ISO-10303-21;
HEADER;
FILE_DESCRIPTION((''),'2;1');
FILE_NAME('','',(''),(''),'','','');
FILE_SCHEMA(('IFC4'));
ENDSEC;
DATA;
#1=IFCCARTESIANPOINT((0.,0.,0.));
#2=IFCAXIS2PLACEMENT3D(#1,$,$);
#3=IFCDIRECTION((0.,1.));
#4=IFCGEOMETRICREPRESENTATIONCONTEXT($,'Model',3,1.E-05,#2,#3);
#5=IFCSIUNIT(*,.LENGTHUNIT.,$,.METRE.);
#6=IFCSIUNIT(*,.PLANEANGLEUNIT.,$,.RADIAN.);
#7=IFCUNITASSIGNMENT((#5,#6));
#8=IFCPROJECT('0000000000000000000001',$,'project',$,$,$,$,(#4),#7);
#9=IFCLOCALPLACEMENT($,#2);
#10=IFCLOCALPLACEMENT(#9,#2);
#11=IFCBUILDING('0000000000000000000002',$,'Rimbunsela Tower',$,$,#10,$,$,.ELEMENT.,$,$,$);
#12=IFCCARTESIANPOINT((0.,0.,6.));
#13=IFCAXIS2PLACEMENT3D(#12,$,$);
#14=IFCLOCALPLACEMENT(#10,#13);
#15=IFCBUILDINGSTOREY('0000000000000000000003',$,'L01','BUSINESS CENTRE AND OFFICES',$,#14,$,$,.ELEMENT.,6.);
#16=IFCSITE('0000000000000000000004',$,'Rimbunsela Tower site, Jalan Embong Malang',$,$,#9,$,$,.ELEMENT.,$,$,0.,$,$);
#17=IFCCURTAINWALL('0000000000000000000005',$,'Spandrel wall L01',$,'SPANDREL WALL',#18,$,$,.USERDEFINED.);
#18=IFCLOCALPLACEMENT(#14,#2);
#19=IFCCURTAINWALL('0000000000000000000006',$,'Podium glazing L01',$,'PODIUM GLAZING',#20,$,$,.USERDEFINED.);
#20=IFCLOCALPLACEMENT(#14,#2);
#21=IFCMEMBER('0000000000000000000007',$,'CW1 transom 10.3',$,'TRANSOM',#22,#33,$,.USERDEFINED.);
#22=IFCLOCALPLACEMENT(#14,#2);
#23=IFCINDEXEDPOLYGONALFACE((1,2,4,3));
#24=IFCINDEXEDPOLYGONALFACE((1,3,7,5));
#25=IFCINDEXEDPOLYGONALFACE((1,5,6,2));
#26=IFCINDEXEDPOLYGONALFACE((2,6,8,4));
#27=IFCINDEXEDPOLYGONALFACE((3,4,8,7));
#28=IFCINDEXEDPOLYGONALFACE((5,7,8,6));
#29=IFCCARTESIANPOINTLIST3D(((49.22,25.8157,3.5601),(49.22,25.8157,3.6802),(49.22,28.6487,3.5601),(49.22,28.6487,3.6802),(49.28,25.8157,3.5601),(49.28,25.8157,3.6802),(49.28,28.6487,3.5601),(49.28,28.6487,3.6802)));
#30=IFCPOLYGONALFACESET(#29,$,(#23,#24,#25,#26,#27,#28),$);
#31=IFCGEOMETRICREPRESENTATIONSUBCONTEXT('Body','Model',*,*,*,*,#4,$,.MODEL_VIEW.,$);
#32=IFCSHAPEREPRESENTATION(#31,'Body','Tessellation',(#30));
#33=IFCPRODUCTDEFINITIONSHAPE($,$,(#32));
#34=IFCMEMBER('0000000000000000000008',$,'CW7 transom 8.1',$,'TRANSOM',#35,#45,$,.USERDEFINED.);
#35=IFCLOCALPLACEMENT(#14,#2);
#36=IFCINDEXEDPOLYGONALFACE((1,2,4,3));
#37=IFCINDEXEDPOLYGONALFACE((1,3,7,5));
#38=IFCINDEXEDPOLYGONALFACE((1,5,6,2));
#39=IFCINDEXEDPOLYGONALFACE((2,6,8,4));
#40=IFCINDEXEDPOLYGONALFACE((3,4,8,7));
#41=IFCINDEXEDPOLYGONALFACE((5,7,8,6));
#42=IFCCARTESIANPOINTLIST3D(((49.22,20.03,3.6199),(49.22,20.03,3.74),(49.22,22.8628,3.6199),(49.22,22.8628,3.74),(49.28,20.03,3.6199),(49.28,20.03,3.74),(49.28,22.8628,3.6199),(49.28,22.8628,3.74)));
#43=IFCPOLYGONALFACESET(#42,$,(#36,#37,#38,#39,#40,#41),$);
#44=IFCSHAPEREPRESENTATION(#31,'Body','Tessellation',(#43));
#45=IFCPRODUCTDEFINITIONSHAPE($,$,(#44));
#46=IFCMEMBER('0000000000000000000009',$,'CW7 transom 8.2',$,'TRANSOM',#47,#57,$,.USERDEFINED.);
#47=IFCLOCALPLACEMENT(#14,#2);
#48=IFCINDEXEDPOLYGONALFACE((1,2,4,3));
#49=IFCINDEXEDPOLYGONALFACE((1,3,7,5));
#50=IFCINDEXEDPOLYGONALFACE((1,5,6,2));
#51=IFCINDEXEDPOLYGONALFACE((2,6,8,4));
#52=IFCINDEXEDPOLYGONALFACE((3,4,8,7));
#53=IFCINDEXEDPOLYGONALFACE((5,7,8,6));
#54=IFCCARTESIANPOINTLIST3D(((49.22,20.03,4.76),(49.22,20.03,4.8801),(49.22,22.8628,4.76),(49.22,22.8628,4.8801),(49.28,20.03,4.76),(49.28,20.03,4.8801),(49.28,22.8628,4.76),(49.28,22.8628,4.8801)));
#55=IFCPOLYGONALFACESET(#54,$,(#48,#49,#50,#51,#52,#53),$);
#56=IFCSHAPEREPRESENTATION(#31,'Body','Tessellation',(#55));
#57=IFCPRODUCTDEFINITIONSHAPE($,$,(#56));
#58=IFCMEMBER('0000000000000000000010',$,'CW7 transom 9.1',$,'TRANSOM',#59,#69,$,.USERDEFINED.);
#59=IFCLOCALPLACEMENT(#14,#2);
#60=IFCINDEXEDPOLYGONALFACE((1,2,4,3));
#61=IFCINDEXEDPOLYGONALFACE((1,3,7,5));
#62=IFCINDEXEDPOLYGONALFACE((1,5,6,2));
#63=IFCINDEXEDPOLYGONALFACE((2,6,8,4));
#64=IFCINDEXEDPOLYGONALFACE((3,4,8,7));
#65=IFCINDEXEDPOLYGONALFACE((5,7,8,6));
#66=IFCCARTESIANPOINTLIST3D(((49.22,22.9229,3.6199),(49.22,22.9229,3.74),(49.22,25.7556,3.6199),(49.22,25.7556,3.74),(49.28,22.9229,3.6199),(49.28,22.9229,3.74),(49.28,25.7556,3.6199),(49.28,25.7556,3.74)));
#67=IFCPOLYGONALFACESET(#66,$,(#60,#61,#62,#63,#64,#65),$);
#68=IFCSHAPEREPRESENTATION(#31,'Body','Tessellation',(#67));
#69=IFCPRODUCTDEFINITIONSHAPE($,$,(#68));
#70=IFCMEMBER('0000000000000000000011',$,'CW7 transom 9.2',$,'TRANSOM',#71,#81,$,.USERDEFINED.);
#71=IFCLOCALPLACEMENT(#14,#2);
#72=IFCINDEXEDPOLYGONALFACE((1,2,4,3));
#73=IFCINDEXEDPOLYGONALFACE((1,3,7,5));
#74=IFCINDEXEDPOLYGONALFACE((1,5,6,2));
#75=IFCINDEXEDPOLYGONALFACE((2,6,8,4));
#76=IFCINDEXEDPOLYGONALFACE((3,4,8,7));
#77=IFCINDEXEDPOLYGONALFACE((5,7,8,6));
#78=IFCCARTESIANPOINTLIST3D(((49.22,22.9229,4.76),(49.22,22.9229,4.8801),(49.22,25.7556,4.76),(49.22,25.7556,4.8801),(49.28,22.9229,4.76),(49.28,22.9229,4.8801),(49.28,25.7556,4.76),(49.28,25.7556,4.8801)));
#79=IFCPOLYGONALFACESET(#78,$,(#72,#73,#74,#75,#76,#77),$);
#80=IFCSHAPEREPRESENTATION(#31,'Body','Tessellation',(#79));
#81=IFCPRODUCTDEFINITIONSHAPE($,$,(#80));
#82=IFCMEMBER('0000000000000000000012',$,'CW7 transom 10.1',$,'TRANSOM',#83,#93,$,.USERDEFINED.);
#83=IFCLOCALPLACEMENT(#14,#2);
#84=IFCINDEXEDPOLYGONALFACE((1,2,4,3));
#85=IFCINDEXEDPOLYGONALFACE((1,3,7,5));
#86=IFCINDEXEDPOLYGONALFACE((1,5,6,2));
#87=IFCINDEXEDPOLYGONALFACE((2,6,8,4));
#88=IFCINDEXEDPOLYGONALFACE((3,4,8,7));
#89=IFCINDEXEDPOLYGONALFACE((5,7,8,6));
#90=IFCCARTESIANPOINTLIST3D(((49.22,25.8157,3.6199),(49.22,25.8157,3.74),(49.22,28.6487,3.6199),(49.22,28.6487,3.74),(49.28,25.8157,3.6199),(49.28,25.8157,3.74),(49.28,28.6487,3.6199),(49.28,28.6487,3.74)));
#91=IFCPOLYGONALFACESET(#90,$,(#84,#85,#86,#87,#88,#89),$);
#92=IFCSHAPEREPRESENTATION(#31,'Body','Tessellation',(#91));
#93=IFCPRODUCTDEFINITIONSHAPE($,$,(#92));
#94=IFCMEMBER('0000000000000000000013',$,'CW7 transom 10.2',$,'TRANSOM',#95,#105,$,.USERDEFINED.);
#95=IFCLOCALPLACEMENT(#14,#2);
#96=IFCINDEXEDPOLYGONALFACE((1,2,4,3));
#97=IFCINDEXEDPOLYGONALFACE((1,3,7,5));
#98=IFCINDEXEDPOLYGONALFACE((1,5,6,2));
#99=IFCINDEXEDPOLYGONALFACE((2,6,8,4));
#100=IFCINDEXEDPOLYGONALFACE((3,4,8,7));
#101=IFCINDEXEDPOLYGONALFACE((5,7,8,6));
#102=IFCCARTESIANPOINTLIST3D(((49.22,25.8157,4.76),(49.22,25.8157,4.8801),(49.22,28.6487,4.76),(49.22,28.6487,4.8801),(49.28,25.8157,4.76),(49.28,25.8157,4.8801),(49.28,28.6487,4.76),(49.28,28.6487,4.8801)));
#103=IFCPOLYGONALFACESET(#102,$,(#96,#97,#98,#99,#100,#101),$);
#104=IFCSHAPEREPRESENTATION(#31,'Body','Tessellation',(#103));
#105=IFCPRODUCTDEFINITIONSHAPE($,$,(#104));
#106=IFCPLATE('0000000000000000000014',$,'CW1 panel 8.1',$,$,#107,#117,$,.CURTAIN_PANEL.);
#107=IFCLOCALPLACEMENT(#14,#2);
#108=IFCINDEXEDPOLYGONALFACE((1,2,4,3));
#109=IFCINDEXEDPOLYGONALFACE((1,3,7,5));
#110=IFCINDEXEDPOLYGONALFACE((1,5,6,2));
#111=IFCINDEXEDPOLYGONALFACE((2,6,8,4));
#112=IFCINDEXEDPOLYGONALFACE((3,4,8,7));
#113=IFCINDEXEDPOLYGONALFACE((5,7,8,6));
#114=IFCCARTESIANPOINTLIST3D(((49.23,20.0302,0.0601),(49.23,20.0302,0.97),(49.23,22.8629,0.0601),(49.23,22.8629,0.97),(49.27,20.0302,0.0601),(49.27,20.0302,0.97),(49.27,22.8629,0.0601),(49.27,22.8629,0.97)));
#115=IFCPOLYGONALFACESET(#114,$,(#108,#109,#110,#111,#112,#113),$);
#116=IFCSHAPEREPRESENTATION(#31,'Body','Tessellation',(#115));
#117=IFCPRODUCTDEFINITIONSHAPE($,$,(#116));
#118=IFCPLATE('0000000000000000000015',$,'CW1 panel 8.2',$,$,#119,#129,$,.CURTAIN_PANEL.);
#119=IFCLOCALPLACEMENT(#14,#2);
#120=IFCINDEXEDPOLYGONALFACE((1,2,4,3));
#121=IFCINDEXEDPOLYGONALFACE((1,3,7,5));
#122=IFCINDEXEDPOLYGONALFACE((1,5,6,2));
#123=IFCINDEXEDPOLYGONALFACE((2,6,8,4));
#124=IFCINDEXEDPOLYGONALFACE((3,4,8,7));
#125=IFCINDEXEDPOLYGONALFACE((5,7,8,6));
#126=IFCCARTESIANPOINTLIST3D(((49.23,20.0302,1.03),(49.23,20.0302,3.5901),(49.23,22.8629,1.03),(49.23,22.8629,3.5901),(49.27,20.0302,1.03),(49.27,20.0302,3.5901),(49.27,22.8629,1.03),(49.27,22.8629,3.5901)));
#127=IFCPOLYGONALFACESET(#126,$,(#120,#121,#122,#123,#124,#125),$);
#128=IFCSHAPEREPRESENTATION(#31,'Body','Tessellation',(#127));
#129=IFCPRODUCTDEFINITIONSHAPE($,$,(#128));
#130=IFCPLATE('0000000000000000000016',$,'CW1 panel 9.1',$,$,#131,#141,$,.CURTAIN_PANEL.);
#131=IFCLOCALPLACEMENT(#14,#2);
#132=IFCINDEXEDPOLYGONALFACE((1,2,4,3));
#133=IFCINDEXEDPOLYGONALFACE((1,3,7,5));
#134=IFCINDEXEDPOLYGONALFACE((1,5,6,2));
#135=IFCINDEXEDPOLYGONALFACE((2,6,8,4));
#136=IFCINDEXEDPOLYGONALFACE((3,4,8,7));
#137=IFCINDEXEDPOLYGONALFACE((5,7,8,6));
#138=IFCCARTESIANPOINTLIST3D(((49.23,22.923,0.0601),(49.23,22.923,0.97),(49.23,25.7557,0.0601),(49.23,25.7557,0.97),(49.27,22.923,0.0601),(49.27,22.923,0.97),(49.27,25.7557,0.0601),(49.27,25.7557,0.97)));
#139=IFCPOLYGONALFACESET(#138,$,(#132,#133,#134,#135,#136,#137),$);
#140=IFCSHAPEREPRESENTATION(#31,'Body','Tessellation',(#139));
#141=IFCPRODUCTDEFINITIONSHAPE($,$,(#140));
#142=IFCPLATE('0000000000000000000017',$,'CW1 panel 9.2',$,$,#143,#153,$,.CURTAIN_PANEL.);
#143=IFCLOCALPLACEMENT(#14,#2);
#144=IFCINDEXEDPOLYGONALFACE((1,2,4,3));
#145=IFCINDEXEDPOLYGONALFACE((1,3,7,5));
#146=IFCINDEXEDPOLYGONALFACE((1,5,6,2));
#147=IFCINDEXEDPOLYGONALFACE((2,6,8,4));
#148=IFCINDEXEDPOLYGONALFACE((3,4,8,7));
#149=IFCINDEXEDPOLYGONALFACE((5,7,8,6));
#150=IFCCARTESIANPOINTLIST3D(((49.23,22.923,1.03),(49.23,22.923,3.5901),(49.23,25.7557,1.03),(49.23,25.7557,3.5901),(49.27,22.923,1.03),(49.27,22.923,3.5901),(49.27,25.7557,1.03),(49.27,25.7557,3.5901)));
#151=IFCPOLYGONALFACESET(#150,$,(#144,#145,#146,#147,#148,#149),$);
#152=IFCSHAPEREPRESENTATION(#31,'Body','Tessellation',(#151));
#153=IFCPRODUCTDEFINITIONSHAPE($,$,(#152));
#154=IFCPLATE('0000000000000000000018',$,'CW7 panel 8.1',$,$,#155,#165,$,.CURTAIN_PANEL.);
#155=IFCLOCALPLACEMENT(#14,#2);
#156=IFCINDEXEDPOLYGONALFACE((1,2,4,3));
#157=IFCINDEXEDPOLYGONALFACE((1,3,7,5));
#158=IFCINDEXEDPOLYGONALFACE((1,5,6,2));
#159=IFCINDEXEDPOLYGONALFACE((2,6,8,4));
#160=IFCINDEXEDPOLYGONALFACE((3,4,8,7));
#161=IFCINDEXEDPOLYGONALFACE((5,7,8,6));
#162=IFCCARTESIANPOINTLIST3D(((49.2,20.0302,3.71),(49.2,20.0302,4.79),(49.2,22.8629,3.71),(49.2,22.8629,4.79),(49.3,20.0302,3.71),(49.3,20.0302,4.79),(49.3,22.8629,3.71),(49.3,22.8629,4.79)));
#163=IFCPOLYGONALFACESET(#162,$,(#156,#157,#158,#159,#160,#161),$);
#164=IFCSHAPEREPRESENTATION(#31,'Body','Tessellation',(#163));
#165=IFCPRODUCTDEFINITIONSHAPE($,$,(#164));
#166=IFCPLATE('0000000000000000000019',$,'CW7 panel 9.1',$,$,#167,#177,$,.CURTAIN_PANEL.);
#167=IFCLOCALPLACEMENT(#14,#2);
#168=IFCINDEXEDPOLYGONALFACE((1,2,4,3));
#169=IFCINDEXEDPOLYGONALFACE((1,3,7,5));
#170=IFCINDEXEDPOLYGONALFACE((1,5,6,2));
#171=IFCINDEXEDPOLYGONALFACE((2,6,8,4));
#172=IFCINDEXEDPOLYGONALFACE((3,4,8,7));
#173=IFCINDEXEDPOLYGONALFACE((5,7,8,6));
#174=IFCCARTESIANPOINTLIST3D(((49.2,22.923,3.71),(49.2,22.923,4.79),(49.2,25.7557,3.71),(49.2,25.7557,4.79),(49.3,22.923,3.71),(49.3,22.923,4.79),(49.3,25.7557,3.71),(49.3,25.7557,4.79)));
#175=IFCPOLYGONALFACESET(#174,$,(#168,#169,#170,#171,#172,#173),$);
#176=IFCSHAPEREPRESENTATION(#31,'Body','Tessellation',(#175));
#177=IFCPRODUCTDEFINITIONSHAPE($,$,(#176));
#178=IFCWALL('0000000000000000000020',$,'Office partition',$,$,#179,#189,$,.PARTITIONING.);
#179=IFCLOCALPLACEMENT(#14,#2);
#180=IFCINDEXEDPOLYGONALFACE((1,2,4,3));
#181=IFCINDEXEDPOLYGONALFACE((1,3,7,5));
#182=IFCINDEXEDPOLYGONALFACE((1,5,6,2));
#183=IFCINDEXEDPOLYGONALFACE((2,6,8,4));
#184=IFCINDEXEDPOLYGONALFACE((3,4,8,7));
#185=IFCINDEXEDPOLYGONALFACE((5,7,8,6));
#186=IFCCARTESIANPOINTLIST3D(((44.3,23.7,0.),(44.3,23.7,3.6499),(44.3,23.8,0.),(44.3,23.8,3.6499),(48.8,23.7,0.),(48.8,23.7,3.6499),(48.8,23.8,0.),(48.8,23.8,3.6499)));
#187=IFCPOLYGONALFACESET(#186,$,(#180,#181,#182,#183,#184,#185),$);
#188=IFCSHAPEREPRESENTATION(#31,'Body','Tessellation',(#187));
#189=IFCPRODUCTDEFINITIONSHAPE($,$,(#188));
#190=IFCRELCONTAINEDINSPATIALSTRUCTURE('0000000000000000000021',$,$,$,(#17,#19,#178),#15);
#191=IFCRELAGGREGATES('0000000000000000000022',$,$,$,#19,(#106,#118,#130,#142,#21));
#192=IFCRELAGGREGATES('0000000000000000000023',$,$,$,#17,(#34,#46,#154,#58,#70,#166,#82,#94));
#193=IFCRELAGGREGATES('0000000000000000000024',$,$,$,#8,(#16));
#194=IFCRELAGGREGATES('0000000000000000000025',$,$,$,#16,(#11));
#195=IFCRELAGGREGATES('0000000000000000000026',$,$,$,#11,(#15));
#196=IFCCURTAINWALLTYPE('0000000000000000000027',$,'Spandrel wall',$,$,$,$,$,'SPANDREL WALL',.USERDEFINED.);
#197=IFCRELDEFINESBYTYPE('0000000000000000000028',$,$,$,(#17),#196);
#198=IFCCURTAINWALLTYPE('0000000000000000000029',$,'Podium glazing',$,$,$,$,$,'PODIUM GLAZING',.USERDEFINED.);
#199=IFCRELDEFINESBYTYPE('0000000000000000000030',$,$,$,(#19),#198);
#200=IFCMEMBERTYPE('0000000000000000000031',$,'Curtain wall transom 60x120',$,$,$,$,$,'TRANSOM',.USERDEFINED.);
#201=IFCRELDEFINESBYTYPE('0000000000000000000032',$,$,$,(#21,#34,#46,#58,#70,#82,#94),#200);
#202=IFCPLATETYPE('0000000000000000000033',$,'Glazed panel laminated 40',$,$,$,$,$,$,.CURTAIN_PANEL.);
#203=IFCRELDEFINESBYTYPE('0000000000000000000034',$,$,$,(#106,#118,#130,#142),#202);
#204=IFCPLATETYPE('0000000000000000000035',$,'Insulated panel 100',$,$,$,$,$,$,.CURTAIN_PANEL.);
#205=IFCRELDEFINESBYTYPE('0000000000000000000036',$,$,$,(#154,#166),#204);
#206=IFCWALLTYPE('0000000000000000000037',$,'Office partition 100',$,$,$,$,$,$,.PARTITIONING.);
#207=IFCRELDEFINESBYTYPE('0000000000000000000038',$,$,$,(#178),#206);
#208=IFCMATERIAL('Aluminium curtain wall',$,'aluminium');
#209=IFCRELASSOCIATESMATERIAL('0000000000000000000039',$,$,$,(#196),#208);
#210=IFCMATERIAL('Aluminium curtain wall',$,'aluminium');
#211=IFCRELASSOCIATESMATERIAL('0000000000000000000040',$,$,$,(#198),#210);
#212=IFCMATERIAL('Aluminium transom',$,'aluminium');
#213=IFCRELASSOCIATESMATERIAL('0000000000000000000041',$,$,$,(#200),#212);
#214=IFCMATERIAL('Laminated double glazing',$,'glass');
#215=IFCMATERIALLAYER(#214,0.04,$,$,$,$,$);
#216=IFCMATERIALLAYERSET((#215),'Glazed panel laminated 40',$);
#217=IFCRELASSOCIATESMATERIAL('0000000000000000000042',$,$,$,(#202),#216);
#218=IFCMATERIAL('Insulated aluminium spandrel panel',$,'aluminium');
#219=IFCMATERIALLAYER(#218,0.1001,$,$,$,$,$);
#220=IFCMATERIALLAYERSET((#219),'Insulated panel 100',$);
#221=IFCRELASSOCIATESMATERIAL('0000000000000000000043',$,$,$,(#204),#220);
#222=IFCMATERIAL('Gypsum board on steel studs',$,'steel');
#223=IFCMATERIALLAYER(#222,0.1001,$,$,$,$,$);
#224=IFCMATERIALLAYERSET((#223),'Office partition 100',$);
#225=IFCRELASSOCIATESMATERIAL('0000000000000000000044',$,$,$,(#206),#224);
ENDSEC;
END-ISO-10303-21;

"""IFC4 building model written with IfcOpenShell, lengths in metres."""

from ifc_helpers import new_model, si_unit, direction, frame, frame_2d, origin, origin_2d, place, context, subcontext, project, spatial, rectangle, extrude, material, layer, layer_set, material_profile, profile_set, type_object, element, aggregate, save


model = new_model("IFC4")

# Units and contexts
model_context = context("Model", 3, precision=1e-05, world=origin(), true_north=direction((0.0, 1.0)))
body_context = subcontext(model_context, "Body", "Model", "MODEL_VIEW")
ifc_project = project(units=[si_unit("LENGTHUNIT", "METRE"), si_unit("PLANEANGLEUNIT", "RADIAN")], contexts=[model_context])

# Site, building, storey
site_placement = place(None, origin())
site = spatial("IfcSite", under=ifc_project, at=site_placement, Name="Rimbunsela Tower site, Jalan Embong Malang", CompositionType="ELEMENT", RefElevation=0.0)
building_placement = place(site_placement, origin())
building = spatial("IfcBuilding", under=site, at=building_placement, Name="Rimbunsela Tower", CompositionType="ELEMENT")
storey_placement = place(building_placement, frame((0.0, 0.0, 6.0)))
storey = spatial("IfcBuildingStorey", under=building, at=storey_placement, Name="L01", Description="BUSINESS CENTRE AND OFFICES", CompositionType="ELEMENT", Elevation=6.0)

# Curtain walls, member
ifc_material_1 = material(Name="Aluminium curtain wall", Category="aluminium")
curtain_wall_type_1 = type_object("IfcCurtainWallType", Name="Spandrel wall", ElementType="SPANDREL WALL", PredefinedType="USERDEFINED", material=ifc_material_1)
curtain_wall_1_placement = place(storey_placement, origin())
curtain_wall_1 = element("IfcCurtainWall", 1, at=curtain_wall_1_placement, inside=storey, type_object=curtain_wall_type_1, Name="Spandrel wall L01", ObjectType="SPANDREL WALL", PredefinedType="USERDEFINED")
ifc_material_2 = material(Name="Aluminium curtain wall", Category="aluminium")
curtain_wall_type_2 = type_object("IfcCurtainWallType", Name="Podium glazing", ElementType="PODIUM GLAZING", PredefinedType="USERDEFINED", material=ifc_material_2)
curtain_wall_2_placement = place(storey_placement, origin())
curtain_wall_2 = element("IfcCurtainWall", 2, at=curtain_wall_2_placement, inside=storey, type_object=curtain_wall_type_2, Name="Podium glazing L01", ObjectType="PODIUM GLAZING", PredefinedType="USERDEFINED")
ifc_material_3 = material(Name="Aluminium transom", Category="aluminium")
ifc_material_profile_1 = material_profile(ifc_material_3, rectangle(XDim=0.0601, YDim=0.1201, at=origin_2d()), Name="Transom 60x120")
ifc_profile_set_1 = profile_set([ifc_material_profile_1], Name="Aluminium transom")
member_type_1 = type_object("IfcMemberType", Name="Curtain wall transom 60x120", ElementType="TRANSOM", PredefinedType="USERDEFINED", material=ifc_profile_set_1)
member_1_placement = place(storey_placement, frame((49.25, 25.8157, 3.6201), z_axis=(0.0, 1.0, 0.0), x_axis=(-1.0, 0.0, 0.0)))
member_1 = element("IfcMember", 3, at=member_1_placement, type_object=member_type_1, Name="CW1 transom 10.3", ObjectType="TRANSOM", PredefinedType="USERDEFINED", context=body_context, shape_type="SweptSolid", body=[
    extrude(rectangle(XDim=0.0601, YDim=0.1201, at=origin_2d()), origin(), (0.0, 0.0, 1.0), 2.833),
])

# Members
member_2_placement = place(storey_placement, frame((49.25, 20.03, 3.6799), z_axis=(0.0, 1.0, 0.0), x_axis=(-1.0, 0.0, 0.0)))
member_2 = element("IfcMember", 4, at=member_2_placement, type_object=member_type_1, Name="CW7 transom 8.1", ObjectType="TRANSOM", PredefinedType="USERDEFINED", context=body_context, shape_type="SweptSolid", body=[
    extrude(rectangle(XDim=0.0601, YDim=0.1201, at=origin_2d()), origin(), (0.0, 0.0, 1.0), 2.8328),
])
member_3_placement = place(storey_placement, frame((49.25, 20.03, 4.8201), z_axis=(0.0, 1.0, 0.0), x_axis=(-1.0, 0.0, 0.0)))
member_3 = element("IfcMember", 5, at=member_3_placement, type_object=member_type_1, Name="CW7 transom 8.2", ObjectType="TRANSOM", PredefinedType="USERDEFINED", context=body_context, shape_type="SweptSolid", body=[
    extrude(rectangle(XDim=0.0601, YDim=0.1201, at=origin_2d()), origin(), (0.0, 0.0, 1.0), 2.8328),
])
member_4_placement = place(storey_placement, frame((49.25, 22.9229, 3.6799), z_axis=(0.0, 1.0, 0.0), x_axis=(-1.0, 0.0, 0.0)))
member_4 = element("IfcMember", 6, at=member_4_placement, type_object=member_type_1, Name="CW7 transom 9.1", ObjectType="TRANSOM", PredefinedType="USERDEFINED", context=body_context, shape_type="SweptSolid", body=[
    extrude(rectangle(XDim=0.0601, YDim=0.1201, at=origin_2d()), origin(), (0.0, 0.0, 1.0), 2.8328),
])
member_5_placement = place(storey_placement, frame((49.25, 22.9229, 4.8201), z_axis=(0.0, 1.0, 0.0), x_axis=(-1.0, 0.0, 0.0)))
member_5 = element("IfcMember", 7, at=member_5_placement, type_object=member_type_1, Name="CW7 transom 9.2", ObjectType="TRANSOM", PredefinedType="USERDEFINED", context=body_context, shape_type="SweptSolid", body=[
    extrude(rectangle(XDim=0.0601, YDim=0.1201, at=origin_2d()), origin(), (0.0, 0.0, 1.0), 2.8328),
])
member_6_placement = place(storey_placement, frame((49.25, 25.8157, 3.6799), z_axis=(0.0, 1.0, 0.0), x_axis=(-1.0, 0.0, 0.0)))
member_6 = element("IfcMember", 8, at=member_6_placement, type_object=member_type_1, Name="CW7 transom 10.1", ObjectType="TRANSOM", PredefinedType="USERDEFINED", context=body_context, shape_type="SweptSolid", body=[
    extrude(rectangle(XDim=0.0601, YDim=0.1201, at=origin_2d()), origin(), (0.0, 0.0, 1.0), 2.833),
])
member_7_placement = place(storey_placement, frame((49.25, 25.8157, 4.8201), z_axis=(0.0, 1.0, 0.0), x_axis=(-1.0, 0.0, 0.0)))
member_7 = element("IfcMember", 9, at=member_7_placement, type_object=member_type_1, Name="CW7 transom 10.2", ObjectType="TRANSOM", PredefinedType="USERDEFINED", context=body_context, shape_type="SweptSolid", body=[
    extrude(rectangle(XDim=0.0601, YDim=0.1201, at=origin_2d()), origin(), (0.0, 0.0, 1.0), 2.833),
])

# Plates
ifc_material_4 = material(Name="Laminated double glazing", Category="glass")
ifc_layer_1 = layer(ifc_material_4, 0.04)
ifc_layer_set_1 = layer_set([ifc_layer_1], Name="Glazed panel laminated 40")
plate_type_1 = type_object("IfcPlateType", Name="Glazed panel laminated 40", PredefinedType="CURTAIN_PANEL", material=ifc_layer_set_1)
plate_1_placement = place(storey_placement, frame((49.25, 21.4465, 0.0601), z_axis=(0.0, 0.0, 1.0), x_axis=(0.0, 1.0, 0.0)))
plate_1 = element("IfcPlate", 10, at=plate_1_placement, type_object=plate_type_1, Name="CW1 panel 8.1", PredefinedType="CURTAIN_PANEL", context=body_context, shape_type="SweptSolid", body=[
    extrude(rectangle(XDim=2.8328, YDim=0.04, at=origin_2d()), origin(), (0.0, 0.0, 1.0), 0.9099),
])
plate_2_placement = place(storey_placement, frame((49.25, 21.4465, 1.03), z_axis=(0.0, 0.0, 1.0), x_axis=(0.0, 1.0, 0.0)))
plate_2 = element("IfcPlate", 11, at=plate_2_placement, type_object=plate_type_1, Name="CW1 panel 8.2", PredefinedType="CURTAIN_PANEL", context=body_context, shape_type="SweptSolid", body=[
    extrude(rectangle(XDim=2.8328, YDim=0.04, at=origin_2d()), origin(), (0.0, 0.0, 1.0), 2.5601),
])
plate_3_placement = place(storey_placement, frame((49.25, 24.3394, 0.0601), z_axis=(0.0, 0.0, 1.0), x_axis=(0.0, 1.0, 0.0)))
plate_3 = element("IfcPlate", 12, at=plate_3_placement, type_object=plate_type_1, Name="CW1 panel 9.1", PredefinedType="CURTAIN_PANEL", context=body_context, shape_type="SweptSolid", body=[
    extrude(rectangle(XDim=2.8328, YDim=0.04, at=origin_2d()), origin(), (0.0, 0.0, 1.0), 0.9099),
])
plate_4_placement = place(storey_placement, frame((49.25, 24.3394, 1.03), z_axis=(0.0, 0.0, 1.0), x_axis=(0.0, 1.0, 0.0)))
plate_4 = element("IfcPlate", 13, at=plate_4_placement, type_object=plate_type_1, Name="CW1 panel 9.2", PredefinedType="CURTAIN_PANEL", context=body_context, shape_type="SweptSolid", body=[
    extrude(rectangle(XDim=2.8328, YDim=0.04, at=origin_2d()), origin(), (0.0, 0.0, 1.0), 2.5601),
])
aggregate(curtain_wall_2, [plate_1, plate_2, plate_3, plate_4, member_1])
ifc_material_5 = material(Name="Insulated aluminium spandrel panel", Category="aluminium")
ifc_layer_2 = layer(ifc_material_5, 0.1001)
ifc_layer_set_2 = layer_set([ifc_layer_2], Name="Insulated panel 100")
plate_type_2 = type_object("IfcPlateType", Name="Insulated panel 100", PredefinedType="CURTAIN_PANEL", material=ifc_layer_set_2)
plate_5_placement = place(storey_placement, frame((49.25, 21.4465, 3.71), z_axis=(0.0, 0.0, 1.0), x_axis=(0.0, 1.0, 0.0)))
plate_5 = element("IfcPlate", 14, at=plate_5_placement, type_object=plate_type_2, Name="CW7 panel 8.1", PredefinedType="CURTAIN_PANEL", context=body_context, shape_type="SweptSolid", body=[
    extrude(rectangle(XDim=2.8328, YDim=0.1001, at=origin_2d()), origin(), (0.0, 0.0, 1.0), 1.0801),
])
plate_6_placement = place(storey_placement, frame((49.25, 24.3394, 3.71), z_axis=(0.0, 0.0, 1.0), x_axis=(0.0, 1.0, 0.0)))
plate_6 = element("IfcPlate", 15, at=plate_6_placement, type_object=plate_type_2, Name="CW7 panel 9.1", PredefinedType="CURTAIN_PANEL", context=body_context, shape_type="SweptSolid", body=[
    extrude(rectangle(XDim=2.8328, YDim=0.1001, at=origin_2d()), origin(), (0.0, 0.0, 1.0), 1.0801),
])
aggregate(curtain_wall_1, [member_2, member_3, plate_5, member_4, member_5, plate_6, member_6, member_7])

# Wall
ifc_material_6 = material(Name="Gypsum board on steel studs", Category="steel")
ifc_layer_3 = layer(ifc_material_6, 0.1001)
ifc_layer_set_3 = layer_set([ifc_layer_3], Name="Office partition 100")
wall_type = type_object("IfcWallType", Name="Office partition 100", PredefinedType="PARTITIONING", material=ifc_layer_set_3)
wall_1_placement = place(storey_placement, frame((44.3, 23.75, 0.0), z_axis=(0.0, 0.0, 1.0), x_axis=(1.0, 0.0, 0.0)))
element("IfcWall", 16, at=wall_1_placement, inside=storey, type_object=wall_type, Name="Office partition", PredefinedType="PARTITIONING", context=body_context, shape_type="SweptSolid", body=[
    extrude(rectangle(XDim=4.5, YDim=0.1001, at=frame_2d((2.25, 0.0))), origin(), (0.0, 0.0, 1.0), 3.6499),
])

save(model, "model.ifc")
